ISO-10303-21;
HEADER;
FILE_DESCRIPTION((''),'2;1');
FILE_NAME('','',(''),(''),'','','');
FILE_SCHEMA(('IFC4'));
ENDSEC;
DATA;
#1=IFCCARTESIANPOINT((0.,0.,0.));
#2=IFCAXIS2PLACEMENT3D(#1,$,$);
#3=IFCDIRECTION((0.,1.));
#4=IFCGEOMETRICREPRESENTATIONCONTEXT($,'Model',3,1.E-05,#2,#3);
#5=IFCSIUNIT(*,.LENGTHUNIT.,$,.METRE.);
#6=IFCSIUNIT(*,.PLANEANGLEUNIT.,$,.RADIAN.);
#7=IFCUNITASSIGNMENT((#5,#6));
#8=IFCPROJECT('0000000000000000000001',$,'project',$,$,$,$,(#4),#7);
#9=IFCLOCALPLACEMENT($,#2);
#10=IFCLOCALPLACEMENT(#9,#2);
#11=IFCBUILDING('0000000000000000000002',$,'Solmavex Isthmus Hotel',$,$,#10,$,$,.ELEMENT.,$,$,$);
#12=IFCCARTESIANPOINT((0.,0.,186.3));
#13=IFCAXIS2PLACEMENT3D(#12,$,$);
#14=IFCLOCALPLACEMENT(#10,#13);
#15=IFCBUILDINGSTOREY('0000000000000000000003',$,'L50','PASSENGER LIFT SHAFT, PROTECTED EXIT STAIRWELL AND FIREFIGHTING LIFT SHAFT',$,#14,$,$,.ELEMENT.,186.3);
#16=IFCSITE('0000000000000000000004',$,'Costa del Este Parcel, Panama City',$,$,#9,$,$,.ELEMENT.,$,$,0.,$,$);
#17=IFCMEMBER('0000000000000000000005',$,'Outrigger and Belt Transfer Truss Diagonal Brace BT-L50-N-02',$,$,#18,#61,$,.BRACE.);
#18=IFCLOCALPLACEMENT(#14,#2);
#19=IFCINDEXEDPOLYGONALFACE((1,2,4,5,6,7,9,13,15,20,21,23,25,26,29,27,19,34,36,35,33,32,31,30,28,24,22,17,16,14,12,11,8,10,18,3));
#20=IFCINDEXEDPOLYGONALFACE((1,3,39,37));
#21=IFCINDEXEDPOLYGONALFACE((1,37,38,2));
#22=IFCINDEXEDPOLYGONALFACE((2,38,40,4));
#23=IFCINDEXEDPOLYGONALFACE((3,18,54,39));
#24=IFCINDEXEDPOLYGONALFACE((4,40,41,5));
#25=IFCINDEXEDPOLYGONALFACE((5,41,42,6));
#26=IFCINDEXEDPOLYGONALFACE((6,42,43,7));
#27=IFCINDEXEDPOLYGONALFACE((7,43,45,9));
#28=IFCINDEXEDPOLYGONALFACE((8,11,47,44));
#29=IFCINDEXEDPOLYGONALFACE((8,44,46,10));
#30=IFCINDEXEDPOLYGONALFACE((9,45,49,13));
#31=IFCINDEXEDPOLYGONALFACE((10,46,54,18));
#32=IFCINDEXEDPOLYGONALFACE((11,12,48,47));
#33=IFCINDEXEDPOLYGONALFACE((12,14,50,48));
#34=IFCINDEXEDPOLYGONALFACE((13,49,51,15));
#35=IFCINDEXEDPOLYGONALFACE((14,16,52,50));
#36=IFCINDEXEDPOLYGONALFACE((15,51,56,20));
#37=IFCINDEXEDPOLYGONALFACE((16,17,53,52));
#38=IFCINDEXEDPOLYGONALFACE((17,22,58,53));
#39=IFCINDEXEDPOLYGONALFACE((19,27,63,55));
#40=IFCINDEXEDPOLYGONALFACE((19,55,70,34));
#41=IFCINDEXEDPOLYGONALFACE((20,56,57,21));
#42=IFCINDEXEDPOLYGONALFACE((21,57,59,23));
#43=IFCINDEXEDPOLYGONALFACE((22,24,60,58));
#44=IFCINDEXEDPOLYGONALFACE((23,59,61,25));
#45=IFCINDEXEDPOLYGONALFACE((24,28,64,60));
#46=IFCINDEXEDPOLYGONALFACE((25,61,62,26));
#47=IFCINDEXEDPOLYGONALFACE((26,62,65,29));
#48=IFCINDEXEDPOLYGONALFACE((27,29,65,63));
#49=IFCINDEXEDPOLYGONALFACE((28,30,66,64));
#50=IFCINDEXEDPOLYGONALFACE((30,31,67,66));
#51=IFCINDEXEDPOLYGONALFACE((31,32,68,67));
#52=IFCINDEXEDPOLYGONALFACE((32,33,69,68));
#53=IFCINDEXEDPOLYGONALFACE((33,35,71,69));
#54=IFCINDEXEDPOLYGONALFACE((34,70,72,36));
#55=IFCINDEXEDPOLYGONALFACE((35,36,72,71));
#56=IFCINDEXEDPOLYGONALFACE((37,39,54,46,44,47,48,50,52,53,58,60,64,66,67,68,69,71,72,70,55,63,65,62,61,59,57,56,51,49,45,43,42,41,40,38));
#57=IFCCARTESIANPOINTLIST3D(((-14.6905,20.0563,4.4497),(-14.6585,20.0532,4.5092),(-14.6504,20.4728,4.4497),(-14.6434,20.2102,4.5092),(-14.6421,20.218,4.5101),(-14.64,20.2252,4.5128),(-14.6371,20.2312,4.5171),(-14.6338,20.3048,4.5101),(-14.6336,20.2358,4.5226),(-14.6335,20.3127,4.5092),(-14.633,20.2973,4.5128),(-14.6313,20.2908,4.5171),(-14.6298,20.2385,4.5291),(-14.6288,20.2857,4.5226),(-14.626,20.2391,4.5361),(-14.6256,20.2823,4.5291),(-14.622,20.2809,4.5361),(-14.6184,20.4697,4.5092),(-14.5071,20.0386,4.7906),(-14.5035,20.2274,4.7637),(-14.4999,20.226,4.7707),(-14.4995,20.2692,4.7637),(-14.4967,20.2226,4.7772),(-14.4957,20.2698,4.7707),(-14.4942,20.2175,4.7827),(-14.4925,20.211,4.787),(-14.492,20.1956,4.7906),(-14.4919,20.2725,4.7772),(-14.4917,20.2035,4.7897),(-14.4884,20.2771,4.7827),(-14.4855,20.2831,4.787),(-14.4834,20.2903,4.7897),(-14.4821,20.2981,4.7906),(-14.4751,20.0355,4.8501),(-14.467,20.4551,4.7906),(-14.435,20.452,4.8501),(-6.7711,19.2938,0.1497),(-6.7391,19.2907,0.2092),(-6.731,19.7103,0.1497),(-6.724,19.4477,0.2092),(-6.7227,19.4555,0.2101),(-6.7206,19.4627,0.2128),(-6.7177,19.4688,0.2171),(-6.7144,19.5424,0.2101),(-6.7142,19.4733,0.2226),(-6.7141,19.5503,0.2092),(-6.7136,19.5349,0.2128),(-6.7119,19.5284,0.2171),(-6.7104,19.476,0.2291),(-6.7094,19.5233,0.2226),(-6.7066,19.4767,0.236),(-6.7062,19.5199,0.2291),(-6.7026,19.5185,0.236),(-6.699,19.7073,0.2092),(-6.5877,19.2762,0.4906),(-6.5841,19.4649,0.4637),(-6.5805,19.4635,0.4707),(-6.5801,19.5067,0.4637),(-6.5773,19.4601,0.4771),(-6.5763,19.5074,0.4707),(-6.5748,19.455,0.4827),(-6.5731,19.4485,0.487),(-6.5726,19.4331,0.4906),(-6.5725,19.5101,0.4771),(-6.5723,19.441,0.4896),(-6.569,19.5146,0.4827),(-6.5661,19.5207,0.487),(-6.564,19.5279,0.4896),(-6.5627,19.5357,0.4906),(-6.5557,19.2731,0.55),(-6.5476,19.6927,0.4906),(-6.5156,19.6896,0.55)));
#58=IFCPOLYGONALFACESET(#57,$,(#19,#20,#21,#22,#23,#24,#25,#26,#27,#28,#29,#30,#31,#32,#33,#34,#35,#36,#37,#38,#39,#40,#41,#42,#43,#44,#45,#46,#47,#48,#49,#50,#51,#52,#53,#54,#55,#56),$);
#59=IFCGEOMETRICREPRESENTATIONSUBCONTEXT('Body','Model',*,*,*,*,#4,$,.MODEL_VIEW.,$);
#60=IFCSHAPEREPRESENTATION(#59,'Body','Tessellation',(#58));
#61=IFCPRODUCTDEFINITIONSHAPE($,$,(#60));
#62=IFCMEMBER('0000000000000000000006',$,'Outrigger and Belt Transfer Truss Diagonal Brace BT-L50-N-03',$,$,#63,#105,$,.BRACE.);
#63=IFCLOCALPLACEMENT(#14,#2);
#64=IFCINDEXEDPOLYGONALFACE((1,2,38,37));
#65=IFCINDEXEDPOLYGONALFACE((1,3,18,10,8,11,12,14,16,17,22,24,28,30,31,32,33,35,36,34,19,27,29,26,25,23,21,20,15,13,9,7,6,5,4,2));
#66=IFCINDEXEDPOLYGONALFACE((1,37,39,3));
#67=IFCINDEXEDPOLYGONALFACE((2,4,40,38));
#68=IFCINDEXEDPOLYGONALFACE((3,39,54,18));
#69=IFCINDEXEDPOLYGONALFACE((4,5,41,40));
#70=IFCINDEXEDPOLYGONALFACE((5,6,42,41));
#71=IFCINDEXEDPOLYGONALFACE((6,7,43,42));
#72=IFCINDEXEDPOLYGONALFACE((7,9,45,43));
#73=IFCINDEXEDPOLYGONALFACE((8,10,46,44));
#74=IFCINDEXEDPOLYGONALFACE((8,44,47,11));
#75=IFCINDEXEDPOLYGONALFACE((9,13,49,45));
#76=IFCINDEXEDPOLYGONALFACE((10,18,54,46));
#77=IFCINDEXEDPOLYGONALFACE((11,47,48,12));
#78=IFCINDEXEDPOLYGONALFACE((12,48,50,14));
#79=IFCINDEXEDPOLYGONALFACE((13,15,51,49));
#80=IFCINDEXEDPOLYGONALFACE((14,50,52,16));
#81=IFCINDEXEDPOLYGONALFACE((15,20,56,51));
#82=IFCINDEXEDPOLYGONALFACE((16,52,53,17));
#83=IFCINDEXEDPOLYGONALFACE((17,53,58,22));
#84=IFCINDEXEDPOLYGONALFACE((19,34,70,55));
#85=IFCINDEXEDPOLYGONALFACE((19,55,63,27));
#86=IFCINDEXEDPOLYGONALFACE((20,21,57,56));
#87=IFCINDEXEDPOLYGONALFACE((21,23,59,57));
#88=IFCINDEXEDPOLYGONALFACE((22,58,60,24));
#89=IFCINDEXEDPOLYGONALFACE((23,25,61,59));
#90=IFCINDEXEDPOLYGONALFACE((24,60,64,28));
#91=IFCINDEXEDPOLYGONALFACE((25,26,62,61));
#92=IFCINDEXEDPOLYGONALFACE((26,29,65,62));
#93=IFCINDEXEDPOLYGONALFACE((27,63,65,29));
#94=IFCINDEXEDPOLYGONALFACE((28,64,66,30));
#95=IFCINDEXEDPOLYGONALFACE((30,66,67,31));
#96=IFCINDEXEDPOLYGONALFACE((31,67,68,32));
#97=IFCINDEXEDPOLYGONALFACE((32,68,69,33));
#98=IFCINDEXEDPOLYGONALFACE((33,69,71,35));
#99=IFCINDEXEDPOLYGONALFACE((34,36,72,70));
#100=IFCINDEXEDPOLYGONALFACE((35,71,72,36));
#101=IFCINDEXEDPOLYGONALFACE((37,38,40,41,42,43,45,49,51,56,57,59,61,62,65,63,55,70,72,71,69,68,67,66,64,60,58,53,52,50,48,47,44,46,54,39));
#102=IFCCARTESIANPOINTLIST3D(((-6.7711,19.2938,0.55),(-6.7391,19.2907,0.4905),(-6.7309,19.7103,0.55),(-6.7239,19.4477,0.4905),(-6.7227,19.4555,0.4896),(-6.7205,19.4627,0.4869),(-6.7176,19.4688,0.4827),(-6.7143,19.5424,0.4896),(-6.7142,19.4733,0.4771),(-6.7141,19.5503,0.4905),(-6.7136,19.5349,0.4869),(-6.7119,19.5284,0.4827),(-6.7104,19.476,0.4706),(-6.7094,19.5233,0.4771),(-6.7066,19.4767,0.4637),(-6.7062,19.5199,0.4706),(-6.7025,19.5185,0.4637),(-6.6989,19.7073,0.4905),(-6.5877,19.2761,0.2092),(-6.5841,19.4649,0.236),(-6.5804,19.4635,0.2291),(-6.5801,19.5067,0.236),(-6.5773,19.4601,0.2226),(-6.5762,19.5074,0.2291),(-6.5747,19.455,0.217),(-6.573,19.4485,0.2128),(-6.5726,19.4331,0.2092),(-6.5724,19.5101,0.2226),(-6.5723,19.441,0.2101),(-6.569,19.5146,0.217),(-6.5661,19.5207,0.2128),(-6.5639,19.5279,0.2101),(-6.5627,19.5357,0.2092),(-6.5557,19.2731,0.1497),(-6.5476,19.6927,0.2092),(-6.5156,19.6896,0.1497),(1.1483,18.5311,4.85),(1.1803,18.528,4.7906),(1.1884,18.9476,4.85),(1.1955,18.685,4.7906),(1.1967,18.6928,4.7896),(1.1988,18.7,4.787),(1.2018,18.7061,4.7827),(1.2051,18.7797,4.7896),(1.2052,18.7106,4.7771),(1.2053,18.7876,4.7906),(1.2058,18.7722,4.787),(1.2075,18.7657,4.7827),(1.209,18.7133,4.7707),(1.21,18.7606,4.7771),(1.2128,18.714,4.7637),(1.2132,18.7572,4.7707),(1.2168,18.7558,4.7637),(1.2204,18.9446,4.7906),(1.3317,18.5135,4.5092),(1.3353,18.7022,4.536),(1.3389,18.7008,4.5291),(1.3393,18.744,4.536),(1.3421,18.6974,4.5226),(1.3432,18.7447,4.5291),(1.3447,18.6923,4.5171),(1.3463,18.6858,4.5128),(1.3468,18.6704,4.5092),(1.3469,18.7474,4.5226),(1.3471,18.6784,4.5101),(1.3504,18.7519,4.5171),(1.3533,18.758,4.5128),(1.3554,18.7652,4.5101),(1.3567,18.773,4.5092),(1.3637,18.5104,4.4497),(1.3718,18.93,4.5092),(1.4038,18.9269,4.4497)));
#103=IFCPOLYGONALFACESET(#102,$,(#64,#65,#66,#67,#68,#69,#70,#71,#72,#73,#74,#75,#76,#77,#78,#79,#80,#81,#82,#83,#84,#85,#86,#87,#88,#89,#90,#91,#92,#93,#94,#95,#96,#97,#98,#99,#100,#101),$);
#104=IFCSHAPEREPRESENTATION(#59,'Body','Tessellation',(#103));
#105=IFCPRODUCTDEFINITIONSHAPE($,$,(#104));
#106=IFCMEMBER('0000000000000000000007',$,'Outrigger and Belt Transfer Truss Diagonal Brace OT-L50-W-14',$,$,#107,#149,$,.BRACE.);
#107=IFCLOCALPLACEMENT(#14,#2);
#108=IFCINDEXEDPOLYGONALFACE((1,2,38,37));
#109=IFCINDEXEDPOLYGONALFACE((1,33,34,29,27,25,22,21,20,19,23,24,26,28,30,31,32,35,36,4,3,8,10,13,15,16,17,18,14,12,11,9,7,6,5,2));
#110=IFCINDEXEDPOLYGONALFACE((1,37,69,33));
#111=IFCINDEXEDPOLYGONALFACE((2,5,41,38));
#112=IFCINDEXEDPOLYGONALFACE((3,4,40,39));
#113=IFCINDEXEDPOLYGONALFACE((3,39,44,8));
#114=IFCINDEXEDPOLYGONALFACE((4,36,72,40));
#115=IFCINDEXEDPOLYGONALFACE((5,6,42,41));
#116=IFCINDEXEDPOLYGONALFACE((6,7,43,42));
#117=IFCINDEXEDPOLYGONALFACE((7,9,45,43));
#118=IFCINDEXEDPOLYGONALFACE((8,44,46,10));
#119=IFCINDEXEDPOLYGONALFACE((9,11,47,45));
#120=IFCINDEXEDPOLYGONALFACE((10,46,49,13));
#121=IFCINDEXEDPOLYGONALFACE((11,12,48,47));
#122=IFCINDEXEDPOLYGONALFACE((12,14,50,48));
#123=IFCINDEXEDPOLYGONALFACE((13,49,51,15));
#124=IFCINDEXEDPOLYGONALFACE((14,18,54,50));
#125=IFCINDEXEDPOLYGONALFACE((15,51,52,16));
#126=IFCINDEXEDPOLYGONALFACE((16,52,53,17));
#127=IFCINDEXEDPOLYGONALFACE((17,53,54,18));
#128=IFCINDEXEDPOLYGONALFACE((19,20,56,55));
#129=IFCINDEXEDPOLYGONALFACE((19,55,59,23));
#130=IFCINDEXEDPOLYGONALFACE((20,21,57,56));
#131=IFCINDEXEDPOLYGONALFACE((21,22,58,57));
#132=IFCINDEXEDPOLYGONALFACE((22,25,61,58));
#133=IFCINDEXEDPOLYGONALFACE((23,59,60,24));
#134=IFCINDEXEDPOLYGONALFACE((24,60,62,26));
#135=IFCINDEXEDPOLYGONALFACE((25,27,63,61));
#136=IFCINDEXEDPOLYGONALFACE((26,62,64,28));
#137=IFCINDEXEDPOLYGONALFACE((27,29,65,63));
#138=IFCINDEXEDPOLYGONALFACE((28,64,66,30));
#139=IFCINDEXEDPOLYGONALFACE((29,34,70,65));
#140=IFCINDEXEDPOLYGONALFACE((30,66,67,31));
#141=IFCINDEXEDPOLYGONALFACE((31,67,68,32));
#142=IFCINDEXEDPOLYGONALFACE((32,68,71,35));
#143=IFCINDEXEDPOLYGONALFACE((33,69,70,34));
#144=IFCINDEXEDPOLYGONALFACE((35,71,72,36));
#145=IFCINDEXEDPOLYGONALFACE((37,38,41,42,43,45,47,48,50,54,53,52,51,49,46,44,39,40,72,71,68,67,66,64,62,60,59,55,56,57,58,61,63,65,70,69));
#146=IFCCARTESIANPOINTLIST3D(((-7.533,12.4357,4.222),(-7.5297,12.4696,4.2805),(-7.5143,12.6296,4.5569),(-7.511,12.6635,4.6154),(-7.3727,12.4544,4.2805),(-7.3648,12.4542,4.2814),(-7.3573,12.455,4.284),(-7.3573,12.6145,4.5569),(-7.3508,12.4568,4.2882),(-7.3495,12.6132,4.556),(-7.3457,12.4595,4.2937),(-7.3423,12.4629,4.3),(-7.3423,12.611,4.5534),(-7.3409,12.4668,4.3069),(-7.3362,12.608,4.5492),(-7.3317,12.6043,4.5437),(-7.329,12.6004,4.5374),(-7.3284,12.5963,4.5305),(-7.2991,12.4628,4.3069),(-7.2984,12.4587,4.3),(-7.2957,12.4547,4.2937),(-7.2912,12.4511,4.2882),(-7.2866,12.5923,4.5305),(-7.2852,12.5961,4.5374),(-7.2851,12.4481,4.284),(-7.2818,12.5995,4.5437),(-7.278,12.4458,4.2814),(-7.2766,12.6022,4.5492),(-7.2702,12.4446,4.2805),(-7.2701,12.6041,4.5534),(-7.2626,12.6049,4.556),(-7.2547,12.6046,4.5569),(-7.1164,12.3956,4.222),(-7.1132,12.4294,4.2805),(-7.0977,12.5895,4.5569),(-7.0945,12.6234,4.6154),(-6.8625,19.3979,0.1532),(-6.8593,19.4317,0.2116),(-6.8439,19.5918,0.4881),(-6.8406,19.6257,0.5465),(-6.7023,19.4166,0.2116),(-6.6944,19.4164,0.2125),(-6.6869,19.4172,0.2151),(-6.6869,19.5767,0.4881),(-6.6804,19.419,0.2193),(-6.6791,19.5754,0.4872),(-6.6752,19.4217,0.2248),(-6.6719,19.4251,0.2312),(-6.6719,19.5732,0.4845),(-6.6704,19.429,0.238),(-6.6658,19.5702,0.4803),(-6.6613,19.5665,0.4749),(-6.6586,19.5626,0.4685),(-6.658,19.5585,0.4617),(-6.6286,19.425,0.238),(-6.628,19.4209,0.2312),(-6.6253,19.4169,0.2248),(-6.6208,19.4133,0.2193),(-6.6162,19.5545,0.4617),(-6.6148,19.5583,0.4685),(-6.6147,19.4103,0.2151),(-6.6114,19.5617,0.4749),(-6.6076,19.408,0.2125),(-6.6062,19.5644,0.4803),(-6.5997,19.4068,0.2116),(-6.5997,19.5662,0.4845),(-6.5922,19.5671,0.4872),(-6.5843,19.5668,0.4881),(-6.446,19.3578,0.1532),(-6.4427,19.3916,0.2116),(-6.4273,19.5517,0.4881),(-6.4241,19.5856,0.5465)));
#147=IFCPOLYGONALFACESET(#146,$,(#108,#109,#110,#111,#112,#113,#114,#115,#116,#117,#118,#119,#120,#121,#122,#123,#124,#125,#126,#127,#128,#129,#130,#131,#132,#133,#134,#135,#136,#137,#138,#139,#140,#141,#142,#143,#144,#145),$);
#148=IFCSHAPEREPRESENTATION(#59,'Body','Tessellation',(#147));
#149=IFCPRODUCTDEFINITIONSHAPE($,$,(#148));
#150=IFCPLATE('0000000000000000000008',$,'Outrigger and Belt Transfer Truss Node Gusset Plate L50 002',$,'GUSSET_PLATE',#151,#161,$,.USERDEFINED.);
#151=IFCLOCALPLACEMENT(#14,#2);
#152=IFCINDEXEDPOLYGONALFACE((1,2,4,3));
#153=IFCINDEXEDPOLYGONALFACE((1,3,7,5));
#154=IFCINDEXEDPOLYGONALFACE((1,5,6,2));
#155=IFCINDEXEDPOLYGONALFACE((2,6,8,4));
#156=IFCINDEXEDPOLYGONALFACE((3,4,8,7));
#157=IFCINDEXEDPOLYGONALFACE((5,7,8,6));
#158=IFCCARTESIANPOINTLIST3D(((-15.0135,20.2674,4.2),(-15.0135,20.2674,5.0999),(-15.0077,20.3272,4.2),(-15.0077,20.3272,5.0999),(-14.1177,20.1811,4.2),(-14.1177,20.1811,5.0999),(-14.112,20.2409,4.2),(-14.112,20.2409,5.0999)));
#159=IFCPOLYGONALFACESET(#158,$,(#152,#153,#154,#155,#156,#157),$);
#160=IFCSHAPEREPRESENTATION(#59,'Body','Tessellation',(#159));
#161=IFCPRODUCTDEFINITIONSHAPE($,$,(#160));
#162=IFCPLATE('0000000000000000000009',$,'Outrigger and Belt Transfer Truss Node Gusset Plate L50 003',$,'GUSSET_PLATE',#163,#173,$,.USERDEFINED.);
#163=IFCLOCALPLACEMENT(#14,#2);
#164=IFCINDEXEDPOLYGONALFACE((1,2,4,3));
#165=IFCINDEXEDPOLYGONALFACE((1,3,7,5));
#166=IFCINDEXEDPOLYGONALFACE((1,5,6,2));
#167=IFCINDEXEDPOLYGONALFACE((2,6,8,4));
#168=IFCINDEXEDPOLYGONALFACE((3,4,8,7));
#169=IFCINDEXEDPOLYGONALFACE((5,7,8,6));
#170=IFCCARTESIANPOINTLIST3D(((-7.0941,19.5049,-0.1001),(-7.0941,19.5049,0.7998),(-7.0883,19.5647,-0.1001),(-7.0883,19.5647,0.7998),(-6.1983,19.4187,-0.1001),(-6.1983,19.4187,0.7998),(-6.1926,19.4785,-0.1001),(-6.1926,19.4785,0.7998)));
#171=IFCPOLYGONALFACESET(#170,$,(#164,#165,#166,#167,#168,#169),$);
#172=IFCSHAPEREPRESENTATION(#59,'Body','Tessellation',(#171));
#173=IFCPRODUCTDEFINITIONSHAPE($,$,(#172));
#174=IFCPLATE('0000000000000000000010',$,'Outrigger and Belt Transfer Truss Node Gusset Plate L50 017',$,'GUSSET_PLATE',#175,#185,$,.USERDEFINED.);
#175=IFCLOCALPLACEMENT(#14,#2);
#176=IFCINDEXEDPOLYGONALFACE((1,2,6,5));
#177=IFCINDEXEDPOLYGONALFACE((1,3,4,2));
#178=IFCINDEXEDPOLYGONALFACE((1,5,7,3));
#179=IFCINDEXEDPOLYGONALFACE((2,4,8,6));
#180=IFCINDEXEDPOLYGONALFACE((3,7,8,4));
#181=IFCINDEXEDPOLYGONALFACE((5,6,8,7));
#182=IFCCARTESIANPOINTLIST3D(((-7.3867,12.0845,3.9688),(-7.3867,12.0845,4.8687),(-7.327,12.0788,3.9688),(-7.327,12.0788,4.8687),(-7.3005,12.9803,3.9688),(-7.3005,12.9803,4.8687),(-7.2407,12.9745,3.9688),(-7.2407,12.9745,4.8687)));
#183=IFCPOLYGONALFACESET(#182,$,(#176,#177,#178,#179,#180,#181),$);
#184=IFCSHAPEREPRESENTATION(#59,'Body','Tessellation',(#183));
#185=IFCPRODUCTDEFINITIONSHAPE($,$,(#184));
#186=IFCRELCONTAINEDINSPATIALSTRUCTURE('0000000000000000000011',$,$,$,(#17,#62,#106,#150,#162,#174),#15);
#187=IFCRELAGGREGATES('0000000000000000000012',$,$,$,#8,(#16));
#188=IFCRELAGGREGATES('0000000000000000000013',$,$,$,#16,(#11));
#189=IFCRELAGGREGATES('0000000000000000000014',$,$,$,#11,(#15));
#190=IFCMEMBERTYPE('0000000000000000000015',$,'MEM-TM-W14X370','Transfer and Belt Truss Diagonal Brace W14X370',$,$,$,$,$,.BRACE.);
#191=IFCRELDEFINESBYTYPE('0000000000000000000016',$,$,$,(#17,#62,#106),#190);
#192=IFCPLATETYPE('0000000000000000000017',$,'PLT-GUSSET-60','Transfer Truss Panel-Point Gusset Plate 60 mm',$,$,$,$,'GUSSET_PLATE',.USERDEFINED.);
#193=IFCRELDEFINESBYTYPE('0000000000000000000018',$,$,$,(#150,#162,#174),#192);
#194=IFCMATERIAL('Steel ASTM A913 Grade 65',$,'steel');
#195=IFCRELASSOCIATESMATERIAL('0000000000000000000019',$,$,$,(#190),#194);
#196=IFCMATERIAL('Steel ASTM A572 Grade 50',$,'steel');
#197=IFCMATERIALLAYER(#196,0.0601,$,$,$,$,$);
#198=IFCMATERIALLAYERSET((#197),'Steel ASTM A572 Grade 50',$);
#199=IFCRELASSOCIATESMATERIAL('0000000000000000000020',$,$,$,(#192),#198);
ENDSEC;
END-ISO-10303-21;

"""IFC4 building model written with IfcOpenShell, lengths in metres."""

from ifc_helpers import new_model, si_unit, direction, frame, origin, origin_2d, place, context, subcontext, project, spatial, rectangle, i_section, extrude, material, layer, layer_set, material_profile, profile_set, type_object, element, save


model = new_model("IFC4")

# Units and contexts
model_context = context("Model", 3, precision=1e-05, world=origin(), true_north=direction((0.0, 1.0)))
body_context = subcontext(model_context, "Body", "Model", "MODEL_VIEW")
ifc_project = project(units=[si_unit("LENGTHUNIT", "METRE"), si_unit("PLANEANGLEUNIT", "RADIAN")], contexts=[model_context])

# Site, building, storey
site_placement = place(None, origin())
site = spatial("IfcSite", under=ifc_project, at=site_placement, Name="Costa del Este Parcel, Panama City", CompositionType="ELEMENT", RefElevation=0.0)
building_placement = place(site_placement, origin())
building = spatial("IfcBuilding", under=site, at=building_placement, Name="Solmavex Isthmus Hotel", CompositionType="ELEMENT")
storey_placement = place(building_placement, frame((0.0, 0.0, 186.3)))
storey = spatial("IfcBuildingStorey", under=building, at=storey_placement, Name="L50", Description="PASSENGER LIFT SHAFT, PROTECTED EXIT STAIRWELL AND FIREFIGHTING LIFT SHAFT", CompositionType="ELEMENT", Elevation=186.3)

# Shared definitions
ifc_material_1 = material(Name="Steel ASTM A913 Grade 65", Category="steel")

# Members
ifc_material_profile_1 = material_profile(ifc_material_1, i_section(OverallWidth=0.4185, OverallDepth=0.4551, WebThickness=0.042, FlangeThickness=0.0676, FilletRadius=0.0305, at=origin_2d()), Name="W14X370")
ifc_profile_set_1 = profile_set([ifc_material_profile_1], Name="Steel ASTM A913 Grade 65")
member_type_1 = type_object("IfcMemberType", Name="MEM-TM-W14X370", Description="Transfer and Belt Truss Diagonal Brace W14X370", PredefinedType="BRACE", material=ifc_profile_set_1)
for number, where, z_axis, x_axis, name in (
    (1, (-14.5627, 20.2542, 4.6499), (0.875682, -0.084307, -0.475473), (0.095833, 0.995397, 0.0), "Outrigger and Belt Transfer Truss Diagonal Brace BT-L50-N-02"),
    (2, (-6.6433, 19.4917, 0.3499), (0.87568, -0.084334, 0.475471), (0.095863, 0.995395, 0.0), "Outrigger and Belt Transfer Truss Diagonal Brace BT-L50-N-03"),
):
    element("IfcMember", number, at=place(storey_placement, frame(where, z_axis=z_axis, x_axis=x_axis)), inside=storey, type_object=member_type_1, Name=name, PredefinedType="BRACE", context=body_context, shape_type="SweptSolid", body=[
        extrude(i_section(OverallWidth=0.4185, OverallDepth=0.4551, WebThickness=0.042, FlangeThickness=0.0676, FilletRadius=0.0305, at=origin_2d()), origin(), (0.0, 0.0, 1.0), 9.0437),
    ])
member_placement = place(storey_placement, frame((-7.3137, 12.5295, 4.4187), z_axis=(0.082851, 0.860401, -0.502838), x_axis=(-0.995396, 0.09585, 0.0)))
element("IfcMember", 3, at=member_placement, inside=storey, type_object=member_type_1, Name="Outrigger and Belt Transfer Truss Diagonal Brace OT-L50-W-14", PredefinedType="BRACE", context=body_context, shape_type="SweptSolid", body=[
    extrude(i_section(OverallWidth=0.4185, OverallDepth=0.4551, WebThickness=0.042, FlangeThickness=0.0676, FilletRadius=0.0305, at=origin_2d()), origin(), (0.0, 0.0, 1.0), 8.0918),
])

# Plates
ifc_material_2 = material(Name="Steel ASTM A572 Grade 50", Category="steel")
ifc_layer = layer(ifc_material_2, 0.0601)
ifc_layer_set = layer_set([ifc_layer], Name="Steel ASTM A572 Grade 50")
plate_type = type_object("IfcPlateType", Name="PLT-GUSSET-60", Description="Transfer Truss Panel-Point Gusset Plate 60 mm", ElementType="GUSSET_PLATE", PredefinedType="USERDEFINED", material=ifc_layer_set)
for number, where, z_axis, x_axis, name in (
    (4, (-14.5627, 20.2542, 4.2), (0.0, 0.0, 1.0), (0.995396, -0.095846, 0.0), "Outrigger and Belt Transfer Truss Node Gusset Plate L50 002"),
    (5, (-6.6433, 19.4917, -0.1001), (0.0, 0.0, 1.0), (0.995396, -0.095846, 0.0), "Outrigger and Belt Transfer Truss Node Gusset Plate L50 003"),
    (6, (-7.3137, 12.5295, 3.9688), (0.0, 0.0, 1.0), (0.095846, 0.995396, 0.0), "Outrigger and Belt Transfer Truss Node Gusset Plate L50 017"),
):
    element("IfcPlate", number, at=place(storey_placement, frame(where, z_axis=z_axis, x_axis=x_axis)), inside=storey, type_object=plate_type, Name=name, ObjectType="GUSSET_PLATE", PredefinedType="USERDEFINED", context=body_context, shape_type="SweptSolid", body=[
        extrude(rectangle(XDim=0.8999, YDim=0.0601, at=origin_2d()), origin(), (0.0, 0.0, 1.0), 0.8999),
    ])

save(model, "model.ifc")
